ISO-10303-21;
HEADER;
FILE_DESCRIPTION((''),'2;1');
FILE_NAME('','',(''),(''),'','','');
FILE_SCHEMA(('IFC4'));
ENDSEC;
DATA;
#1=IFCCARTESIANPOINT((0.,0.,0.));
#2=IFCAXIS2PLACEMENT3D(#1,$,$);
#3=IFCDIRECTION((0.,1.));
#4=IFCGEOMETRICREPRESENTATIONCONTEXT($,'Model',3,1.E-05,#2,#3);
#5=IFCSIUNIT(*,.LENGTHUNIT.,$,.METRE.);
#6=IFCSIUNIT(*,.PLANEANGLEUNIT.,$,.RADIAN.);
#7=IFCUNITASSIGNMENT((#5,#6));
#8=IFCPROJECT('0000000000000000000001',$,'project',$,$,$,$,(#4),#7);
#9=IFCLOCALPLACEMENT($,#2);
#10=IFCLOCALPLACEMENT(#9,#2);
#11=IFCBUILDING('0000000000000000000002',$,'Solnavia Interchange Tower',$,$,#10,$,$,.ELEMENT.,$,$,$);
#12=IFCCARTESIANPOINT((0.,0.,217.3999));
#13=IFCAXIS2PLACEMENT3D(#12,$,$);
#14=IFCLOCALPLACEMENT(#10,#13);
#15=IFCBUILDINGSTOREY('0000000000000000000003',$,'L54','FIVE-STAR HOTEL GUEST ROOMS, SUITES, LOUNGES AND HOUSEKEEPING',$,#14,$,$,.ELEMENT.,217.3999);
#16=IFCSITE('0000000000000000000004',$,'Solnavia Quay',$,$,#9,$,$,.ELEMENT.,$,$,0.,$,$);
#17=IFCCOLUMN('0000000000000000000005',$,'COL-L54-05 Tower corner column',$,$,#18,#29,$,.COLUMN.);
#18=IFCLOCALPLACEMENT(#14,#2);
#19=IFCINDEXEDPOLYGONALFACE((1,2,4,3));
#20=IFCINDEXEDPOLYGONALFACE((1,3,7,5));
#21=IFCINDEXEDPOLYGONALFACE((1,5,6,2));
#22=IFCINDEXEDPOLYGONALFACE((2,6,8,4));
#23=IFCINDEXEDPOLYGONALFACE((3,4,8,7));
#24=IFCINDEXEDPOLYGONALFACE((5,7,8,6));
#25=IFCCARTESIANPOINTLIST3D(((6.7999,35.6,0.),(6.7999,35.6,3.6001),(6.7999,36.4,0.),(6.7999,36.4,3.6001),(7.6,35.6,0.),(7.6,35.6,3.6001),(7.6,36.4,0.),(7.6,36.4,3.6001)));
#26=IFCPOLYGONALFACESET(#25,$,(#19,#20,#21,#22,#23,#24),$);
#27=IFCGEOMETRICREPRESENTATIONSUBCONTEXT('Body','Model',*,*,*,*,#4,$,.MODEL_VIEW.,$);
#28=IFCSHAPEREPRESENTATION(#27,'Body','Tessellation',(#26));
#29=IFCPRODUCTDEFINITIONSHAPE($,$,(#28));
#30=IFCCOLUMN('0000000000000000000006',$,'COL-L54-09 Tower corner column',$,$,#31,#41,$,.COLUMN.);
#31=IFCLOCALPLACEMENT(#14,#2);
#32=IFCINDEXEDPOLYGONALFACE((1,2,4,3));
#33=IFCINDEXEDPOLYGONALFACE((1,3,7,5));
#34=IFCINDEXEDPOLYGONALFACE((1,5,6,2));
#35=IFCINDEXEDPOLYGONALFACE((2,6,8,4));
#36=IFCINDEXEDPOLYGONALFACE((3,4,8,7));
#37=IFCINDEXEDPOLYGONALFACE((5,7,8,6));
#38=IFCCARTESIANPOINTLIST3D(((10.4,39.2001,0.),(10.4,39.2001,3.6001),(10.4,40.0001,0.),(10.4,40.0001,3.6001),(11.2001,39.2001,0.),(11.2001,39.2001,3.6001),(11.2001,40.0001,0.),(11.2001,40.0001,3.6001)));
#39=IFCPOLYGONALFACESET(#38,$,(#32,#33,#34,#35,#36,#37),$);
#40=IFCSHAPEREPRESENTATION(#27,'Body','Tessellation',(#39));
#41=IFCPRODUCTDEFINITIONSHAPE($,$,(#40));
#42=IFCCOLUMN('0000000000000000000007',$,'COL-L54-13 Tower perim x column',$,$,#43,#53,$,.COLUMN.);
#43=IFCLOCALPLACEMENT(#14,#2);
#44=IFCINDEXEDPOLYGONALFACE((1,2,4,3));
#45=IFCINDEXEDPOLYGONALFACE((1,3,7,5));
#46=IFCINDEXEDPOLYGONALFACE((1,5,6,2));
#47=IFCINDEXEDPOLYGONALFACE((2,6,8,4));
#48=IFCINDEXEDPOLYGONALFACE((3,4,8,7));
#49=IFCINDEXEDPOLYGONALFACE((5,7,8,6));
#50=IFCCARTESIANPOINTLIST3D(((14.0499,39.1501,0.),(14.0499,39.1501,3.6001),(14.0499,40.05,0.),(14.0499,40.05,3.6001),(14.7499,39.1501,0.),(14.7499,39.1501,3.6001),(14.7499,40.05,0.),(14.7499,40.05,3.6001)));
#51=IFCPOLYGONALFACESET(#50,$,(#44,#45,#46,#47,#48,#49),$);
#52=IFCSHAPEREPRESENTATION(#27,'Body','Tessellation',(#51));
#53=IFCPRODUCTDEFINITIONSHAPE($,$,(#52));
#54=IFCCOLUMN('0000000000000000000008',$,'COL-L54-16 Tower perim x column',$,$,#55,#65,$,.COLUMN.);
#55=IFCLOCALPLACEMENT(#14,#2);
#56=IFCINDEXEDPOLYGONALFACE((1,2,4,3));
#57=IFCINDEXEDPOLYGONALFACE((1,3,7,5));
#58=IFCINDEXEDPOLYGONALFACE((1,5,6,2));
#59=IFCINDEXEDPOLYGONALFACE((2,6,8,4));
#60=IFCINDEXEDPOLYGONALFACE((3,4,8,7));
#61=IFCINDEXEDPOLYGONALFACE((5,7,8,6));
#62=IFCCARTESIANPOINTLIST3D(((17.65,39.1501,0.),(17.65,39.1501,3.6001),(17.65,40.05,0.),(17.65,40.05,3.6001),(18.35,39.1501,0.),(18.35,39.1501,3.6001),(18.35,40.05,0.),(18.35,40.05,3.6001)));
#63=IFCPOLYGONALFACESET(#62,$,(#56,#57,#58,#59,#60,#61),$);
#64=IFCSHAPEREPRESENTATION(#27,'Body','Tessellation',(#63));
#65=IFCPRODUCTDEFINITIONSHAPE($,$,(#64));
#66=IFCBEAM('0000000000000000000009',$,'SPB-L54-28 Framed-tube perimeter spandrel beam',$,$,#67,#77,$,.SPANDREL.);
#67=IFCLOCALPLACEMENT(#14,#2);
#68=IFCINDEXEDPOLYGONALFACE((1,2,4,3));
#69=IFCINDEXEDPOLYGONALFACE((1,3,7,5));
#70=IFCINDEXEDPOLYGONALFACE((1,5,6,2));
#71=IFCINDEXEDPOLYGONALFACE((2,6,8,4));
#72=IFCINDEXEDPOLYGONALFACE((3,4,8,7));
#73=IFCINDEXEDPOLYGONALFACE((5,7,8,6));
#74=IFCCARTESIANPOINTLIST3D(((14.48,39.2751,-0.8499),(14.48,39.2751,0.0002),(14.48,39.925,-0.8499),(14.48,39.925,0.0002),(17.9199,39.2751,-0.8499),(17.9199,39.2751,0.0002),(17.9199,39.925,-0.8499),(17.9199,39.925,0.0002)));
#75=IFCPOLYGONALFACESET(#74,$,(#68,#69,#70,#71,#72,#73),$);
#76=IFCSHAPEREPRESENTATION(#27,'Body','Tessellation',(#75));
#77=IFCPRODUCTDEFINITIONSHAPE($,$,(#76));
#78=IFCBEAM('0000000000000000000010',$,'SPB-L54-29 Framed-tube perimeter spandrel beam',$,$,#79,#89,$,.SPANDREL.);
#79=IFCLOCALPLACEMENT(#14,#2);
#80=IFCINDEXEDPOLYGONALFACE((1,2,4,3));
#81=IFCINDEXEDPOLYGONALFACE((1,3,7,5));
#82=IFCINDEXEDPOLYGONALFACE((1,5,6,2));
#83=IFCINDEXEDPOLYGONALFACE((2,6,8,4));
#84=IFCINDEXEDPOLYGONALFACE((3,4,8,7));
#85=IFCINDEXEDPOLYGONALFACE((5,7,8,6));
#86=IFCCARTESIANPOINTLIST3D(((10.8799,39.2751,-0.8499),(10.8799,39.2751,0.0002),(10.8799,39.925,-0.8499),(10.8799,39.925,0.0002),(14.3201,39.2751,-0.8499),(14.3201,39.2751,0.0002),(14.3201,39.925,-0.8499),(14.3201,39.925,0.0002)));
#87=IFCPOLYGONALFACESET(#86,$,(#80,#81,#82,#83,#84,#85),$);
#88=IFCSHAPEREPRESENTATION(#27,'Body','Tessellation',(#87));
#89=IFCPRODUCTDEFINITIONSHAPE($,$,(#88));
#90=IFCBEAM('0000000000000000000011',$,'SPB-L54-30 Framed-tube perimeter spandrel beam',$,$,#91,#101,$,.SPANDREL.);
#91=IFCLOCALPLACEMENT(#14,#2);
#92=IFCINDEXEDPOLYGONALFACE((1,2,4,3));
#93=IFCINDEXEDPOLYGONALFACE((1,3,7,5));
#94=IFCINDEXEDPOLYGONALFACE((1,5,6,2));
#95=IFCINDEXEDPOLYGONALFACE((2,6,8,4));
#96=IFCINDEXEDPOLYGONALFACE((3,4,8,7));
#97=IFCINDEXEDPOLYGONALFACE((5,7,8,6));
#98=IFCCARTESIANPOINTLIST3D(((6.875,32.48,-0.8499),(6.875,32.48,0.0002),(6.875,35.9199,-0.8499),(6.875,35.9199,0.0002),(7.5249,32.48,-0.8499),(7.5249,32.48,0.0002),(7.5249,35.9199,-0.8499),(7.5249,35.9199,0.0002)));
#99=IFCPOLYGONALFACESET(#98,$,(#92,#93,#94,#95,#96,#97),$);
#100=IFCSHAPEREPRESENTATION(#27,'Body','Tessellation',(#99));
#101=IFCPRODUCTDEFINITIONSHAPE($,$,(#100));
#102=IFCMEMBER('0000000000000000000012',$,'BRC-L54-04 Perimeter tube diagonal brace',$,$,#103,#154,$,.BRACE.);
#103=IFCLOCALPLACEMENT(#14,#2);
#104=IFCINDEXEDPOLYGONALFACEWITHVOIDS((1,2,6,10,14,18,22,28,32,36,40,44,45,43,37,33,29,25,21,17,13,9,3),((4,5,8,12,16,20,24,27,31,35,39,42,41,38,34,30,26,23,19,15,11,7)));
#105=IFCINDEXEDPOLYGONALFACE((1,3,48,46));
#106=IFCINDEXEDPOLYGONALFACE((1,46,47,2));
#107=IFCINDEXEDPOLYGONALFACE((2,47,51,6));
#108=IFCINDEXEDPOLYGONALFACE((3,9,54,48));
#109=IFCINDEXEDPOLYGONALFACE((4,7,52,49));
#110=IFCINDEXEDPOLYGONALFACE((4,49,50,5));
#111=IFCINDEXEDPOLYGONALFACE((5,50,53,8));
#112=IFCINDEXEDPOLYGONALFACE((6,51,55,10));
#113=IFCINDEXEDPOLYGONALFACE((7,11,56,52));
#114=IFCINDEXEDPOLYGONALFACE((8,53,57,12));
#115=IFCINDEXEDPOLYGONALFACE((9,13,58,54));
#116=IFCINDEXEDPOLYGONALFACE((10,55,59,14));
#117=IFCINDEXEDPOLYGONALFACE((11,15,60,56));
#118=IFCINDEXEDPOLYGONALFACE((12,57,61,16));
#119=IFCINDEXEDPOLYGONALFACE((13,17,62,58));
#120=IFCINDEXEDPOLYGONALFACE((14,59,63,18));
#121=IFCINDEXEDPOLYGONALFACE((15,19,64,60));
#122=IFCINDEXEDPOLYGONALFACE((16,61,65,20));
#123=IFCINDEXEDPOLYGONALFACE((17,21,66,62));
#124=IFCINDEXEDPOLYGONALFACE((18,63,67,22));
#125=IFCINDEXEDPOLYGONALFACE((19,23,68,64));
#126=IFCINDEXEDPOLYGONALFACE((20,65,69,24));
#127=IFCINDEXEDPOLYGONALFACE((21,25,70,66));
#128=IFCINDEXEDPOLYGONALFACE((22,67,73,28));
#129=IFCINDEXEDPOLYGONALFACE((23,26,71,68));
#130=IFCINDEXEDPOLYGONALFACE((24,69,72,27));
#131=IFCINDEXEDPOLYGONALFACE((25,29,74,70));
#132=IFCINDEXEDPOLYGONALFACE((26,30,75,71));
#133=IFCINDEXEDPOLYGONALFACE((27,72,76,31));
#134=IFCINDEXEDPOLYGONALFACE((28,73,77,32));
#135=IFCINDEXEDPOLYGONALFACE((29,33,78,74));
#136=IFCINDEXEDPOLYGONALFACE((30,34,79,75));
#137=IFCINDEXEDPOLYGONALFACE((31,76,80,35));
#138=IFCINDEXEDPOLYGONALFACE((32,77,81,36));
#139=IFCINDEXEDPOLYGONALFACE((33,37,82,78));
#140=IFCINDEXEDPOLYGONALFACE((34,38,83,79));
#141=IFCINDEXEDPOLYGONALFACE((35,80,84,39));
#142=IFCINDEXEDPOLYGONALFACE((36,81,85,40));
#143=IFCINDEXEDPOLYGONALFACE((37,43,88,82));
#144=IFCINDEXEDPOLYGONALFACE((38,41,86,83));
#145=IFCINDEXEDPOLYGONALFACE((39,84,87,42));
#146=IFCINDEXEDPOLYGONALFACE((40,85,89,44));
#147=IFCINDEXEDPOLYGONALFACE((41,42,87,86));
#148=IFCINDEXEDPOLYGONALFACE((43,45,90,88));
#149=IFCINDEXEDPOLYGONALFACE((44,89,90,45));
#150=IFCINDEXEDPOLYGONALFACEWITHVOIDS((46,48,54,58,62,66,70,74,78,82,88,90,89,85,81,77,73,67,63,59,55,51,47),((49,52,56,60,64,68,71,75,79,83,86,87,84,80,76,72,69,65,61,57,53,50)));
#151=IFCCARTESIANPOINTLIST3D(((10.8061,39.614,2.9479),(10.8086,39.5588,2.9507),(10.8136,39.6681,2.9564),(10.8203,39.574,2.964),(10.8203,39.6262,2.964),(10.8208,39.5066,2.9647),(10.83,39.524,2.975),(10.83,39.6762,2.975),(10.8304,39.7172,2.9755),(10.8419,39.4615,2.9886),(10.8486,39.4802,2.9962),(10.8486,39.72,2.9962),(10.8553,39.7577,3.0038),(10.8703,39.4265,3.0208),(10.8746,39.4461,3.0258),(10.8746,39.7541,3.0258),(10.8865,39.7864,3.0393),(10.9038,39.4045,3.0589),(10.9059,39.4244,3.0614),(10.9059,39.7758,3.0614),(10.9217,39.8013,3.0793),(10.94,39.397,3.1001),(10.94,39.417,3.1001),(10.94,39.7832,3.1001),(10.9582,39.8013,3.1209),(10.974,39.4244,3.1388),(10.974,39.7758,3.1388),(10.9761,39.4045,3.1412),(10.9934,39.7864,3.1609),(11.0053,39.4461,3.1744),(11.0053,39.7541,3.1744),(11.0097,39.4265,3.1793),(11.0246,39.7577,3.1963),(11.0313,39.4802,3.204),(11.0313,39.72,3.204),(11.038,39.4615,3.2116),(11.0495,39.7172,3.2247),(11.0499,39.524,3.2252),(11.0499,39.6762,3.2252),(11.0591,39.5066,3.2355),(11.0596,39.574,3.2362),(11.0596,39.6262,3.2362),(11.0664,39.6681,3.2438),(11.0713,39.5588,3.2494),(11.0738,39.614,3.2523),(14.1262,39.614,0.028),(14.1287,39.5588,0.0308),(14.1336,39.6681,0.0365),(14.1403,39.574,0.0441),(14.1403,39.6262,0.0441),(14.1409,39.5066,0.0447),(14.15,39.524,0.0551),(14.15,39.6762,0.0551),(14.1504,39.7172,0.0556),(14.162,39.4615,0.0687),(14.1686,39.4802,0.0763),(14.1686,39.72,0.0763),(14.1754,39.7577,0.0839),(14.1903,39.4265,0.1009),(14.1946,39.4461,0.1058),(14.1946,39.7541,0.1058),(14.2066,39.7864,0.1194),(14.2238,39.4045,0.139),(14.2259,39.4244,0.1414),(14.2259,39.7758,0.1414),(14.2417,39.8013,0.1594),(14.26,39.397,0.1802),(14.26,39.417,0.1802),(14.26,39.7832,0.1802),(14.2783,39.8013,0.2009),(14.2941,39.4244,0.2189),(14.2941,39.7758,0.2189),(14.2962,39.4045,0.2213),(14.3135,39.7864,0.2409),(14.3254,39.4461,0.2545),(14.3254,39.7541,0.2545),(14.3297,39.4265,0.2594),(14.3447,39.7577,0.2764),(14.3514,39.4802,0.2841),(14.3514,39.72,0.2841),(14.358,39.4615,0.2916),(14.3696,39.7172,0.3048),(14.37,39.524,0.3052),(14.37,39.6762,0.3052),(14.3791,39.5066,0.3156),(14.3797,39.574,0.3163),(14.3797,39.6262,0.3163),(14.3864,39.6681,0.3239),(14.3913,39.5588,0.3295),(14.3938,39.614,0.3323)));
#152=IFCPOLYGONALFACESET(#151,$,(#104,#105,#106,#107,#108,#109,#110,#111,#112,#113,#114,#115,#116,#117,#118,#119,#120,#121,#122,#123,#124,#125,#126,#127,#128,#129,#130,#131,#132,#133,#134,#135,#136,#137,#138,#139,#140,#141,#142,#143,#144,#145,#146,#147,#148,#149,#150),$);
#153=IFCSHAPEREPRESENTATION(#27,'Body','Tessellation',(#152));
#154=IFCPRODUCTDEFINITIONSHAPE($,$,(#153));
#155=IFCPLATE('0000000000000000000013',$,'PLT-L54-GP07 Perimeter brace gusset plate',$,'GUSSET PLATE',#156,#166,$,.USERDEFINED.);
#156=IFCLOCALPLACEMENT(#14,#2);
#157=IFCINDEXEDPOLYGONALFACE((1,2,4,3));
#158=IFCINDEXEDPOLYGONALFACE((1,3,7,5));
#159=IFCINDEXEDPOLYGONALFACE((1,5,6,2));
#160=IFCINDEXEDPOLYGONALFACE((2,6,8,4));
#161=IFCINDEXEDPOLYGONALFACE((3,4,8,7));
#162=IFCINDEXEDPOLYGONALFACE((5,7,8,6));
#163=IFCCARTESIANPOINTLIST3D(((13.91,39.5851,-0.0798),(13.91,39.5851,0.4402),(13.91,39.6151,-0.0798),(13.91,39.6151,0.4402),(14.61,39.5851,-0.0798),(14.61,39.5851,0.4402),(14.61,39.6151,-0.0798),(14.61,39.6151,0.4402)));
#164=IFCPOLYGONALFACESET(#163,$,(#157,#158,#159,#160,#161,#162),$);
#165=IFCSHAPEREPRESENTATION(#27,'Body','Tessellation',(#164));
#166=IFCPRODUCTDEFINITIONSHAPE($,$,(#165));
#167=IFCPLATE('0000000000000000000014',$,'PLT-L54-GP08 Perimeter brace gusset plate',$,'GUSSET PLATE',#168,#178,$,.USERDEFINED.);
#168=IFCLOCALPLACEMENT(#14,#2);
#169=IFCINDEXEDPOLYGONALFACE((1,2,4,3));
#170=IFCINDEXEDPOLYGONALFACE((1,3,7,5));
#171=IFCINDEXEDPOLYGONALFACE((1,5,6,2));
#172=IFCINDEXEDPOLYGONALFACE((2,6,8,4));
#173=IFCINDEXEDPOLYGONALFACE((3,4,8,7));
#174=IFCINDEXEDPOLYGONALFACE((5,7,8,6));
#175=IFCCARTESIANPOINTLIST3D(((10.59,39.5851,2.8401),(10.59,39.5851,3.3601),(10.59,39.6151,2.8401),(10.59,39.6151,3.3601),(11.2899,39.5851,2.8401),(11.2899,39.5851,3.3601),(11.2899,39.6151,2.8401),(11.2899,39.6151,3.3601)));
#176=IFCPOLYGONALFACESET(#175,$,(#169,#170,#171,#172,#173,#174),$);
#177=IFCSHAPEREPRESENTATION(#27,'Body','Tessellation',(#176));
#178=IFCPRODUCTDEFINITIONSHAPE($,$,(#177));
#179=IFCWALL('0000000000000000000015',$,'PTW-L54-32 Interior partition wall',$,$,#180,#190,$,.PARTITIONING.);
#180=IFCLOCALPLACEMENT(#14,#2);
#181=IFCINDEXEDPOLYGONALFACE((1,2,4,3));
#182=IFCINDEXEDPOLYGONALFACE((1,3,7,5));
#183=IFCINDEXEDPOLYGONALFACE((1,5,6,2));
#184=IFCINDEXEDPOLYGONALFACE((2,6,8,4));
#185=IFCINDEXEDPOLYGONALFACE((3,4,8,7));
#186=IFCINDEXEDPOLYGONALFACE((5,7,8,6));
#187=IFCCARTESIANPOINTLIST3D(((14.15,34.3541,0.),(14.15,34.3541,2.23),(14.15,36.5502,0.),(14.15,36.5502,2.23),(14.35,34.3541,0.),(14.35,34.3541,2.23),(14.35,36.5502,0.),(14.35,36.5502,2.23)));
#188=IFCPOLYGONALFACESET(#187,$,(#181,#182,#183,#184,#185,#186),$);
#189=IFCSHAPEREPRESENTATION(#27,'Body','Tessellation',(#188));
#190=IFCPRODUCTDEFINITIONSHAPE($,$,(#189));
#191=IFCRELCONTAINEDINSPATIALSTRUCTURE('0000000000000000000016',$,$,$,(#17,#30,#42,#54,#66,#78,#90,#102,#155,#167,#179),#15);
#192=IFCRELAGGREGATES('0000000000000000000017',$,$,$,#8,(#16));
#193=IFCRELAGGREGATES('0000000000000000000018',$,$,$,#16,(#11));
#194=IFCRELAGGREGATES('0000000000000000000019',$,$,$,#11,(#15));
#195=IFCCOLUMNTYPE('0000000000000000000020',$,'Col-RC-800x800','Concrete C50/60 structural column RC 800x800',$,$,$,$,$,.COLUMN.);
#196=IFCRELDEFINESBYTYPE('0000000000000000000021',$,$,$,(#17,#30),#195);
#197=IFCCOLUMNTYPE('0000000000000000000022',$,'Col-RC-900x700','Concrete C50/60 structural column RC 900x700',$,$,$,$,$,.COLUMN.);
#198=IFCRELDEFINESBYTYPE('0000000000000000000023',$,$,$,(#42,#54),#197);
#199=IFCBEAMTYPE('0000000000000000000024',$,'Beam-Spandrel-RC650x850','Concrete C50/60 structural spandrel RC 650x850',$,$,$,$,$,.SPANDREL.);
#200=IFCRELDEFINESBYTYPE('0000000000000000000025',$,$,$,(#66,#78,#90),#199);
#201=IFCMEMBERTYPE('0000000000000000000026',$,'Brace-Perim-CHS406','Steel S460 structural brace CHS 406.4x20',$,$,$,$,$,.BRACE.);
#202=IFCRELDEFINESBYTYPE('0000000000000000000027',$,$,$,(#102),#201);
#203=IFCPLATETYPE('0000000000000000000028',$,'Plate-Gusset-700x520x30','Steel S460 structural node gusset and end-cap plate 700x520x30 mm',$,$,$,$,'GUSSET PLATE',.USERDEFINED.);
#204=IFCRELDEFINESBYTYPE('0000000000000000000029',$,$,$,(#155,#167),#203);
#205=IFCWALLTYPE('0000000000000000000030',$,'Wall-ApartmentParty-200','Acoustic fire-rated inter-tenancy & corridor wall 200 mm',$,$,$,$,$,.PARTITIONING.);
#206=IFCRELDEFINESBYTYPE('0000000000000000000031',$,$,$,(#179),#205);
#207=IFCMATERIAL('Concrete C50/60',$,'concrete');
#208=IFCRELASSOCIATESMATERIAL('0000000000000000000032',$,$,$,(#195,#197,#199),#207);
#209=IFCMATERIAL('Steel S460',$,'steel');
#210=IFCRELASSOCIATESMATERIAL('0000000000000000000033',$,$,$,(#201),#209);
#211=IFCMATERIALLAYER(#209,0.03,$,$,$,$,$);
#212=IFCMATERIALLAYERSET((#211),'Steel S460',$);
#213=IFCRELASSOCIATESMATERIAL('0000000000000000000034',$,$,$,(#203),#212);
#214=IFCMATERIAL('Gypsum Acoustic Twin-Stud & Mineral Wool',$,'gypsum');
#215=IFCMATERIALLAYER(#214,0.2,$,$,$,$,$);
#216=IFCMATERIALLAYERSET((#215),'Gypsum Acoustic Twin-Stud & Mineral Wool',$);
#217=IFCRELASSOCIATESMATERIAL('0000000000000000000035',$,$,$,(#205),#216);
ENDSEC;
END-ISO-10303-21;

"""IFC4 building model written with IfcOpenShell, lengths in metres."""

from ifc_helpers import new_model, si_unit, direction, frame, frame_2d, origin, origin_2d, place, context, subcontext, project, spatial, rectangle, hollow_circle, extrude, material, layer, layer_set, material_profile, profile_set, type_object, element, save


model = new_model("IFC4")

# Units and contexts
model_context = context("Model", 3, precision=1e-05, world=origin(), true_north=direction((0.0, 1.0)))
body_context = subcontext(model_context, "Body", "Model", "MODEL_VIEW")
ifc_project = project(units=[si_unit("LENGTHUNIT", "METRE"), si_unit("PLANEANGLEUNIT", "RADIAN")], contexts=[model_context])

# Site, building, storey
site_placement = place(None, origin())
site = spatial("IfcSite", under=ifc_project, at=site_placement, Name="Solnavia Quay", CompositionType="ELEMENT", RefElevation=0.0)
building_placement = place(site_placement, origin())
building = spatial("IfcBuilding", under=site, at=building_placement, Name="Solnavia Interchange Tower", CompositionType="ELEMENT")
storey_placement = place(building_placement, frame((0.0, 0.0, 217.3999)))
storey = spatial("IfcBuildingStorey", under=building, at=storey_placement, Name="L54", Description="FIVE-STAR HOTEL GUEST ROOMS, SUITES, LOUNGES AND HOUSEKEEPING", CompositionType="ELEMENT", Elevation=217.3999)

# Columns
ifc_material_1 = material(Name="Concrete C50/60", Category="concrete")
ifc_material_profile_1 = material_profile(ifc_material_1, rectangle(XDim=0.8, YDim=0.8, at=origin_2d()), Name="RC 800x800")
ifc_profile_set_1 = profile_set([ifc_material_profile_1], Name="Concrete C50/60")
column_type_1 = type_object("IfcColumnType", Name="Col-RC-800x800", Description="Concrete C50/60 structural column RC 800x800", PredefinedType="COLUMN", material=ifc_profile_set_1)
for number, where, z_axis, x_axis, name in (
    (1, (7.2, 36.0, 0.0), (0.0, 0.0, 1.0), (0.0, 1.0, 0.0), "COL-L54-05 Tower corner column"),
    (2, (10.8, 39.6001, 0.0), (0.0, 0.0, 1.0), (1.0, 0.0, 0.0), "COL-L54-09 Tower corner column"),
):
    element("IfcColumn", number, at=place(storey_placement, frame(where, z_axis=z_axis, x_axis=x_axis)), inside=storey, type_object=column_type_1, Name=name, PredefinedType="COLUMN", context=body_context, shape_type="SweptSolid", body=[
        extrude(rectangle(XDim=0.8, YDim=0.8, at=origin_2d()), origin(), (0.0, 0.0, 1.0), 3.6001),
    ])
ifc_material_profile_2 = material_profile(ifc_material_1, rectangle(XDim=0.7, YDim=0.8999, at=origin_2d()), Name="RC 900x700")
ifc_profile_set_2 = profile_set([ifc_material_profile_2], Name="Concrete C50/60")
column_type_2 = type_object("IfcColumnType", Name="Col-RC-900x700", Description="Concrete C50/60 structural column RC 900x700", PredefinedType="COLUMN", material=ifc_profile_set_2)
for number, where, z_axis, x_axis, name in (
    (3, (14.3999, 39.6001, 0.0), (0.0, 0.0, 1.0), (1.0, 0.0, 0.0), "COL-L54-13 Tower perim x column"),
    (4, (18.0, 39.6001, 0.0), (0.0, 0.0, 1.0), (1.0, 0.0, 0.0), "COL-L54-16 Tower perim x column"),
):
    element("IfcColumn", number, at=place(storey_placement, frame(where, z_axis=z_axis, x_axis=x_axis)), inside=storey, type_object=column_type_2, Name=name, PredefinedType="COLUMN", context=body_context, shape_type="SweptSolid", body=[
        extrude(rectangle(XDim=0.7, YDim=0.8999, at=origin_2d()), origin(), (0.0, 0.0, 1.0), 3.6001),
    ])

# Beams
ifc_material_profile_3 = material_profile(ifc_material_1, rectangle(XDim=0.6499, YDim=0.8501, at=origin_2d()), Name="RC 650x850")
ifc_profile_set_3 = profile_set([ifc_material_profile_3], Name="Concrete C50/60")
beam_type = type_object("IfcBeamType", Name="Beam-Spandrel-RC650x850", Description="Concrete C50/60 structural spandrel RC 650x850", PredefinedType="SPANDREL", material=ifc_profile_set_3)
beam_1_placement = place(storey_placement, frame((17.9199, 39.6001, -0.4248), z_axis=(-1.0, 0.0, 0.0), x_axis=(0.0, -1.0, 0.0)))
element("IfcBeam", 5, at=beam_1_placement, inside=storey, type_object=beam_type, Name="SPB-L54-28 Framed-tube perimeter spandrel beam", PredefinedType="SPANDREL", context=body_context, shape_type="SweptSolid", body=[
    extrude(rectangle(XDim=0.6499, YDim=0.8501, at=origin_2d()), origin(), (0.0, 0.0, 1.0), 3.4399),
])
beam_2_placement = place(storey_placement, frame((14.3201, 39.6001, -0.4248), z_axis=(-1.0, 0.0, 0.0), x_axis=(0.0, -1.0, 0.0)))
element("IfcBeam", 6, at=beam_2_placement, inside=storey, type_object=beam_type, Name="SPB-L54-29 Framed-tube perimeter spandrel beam", PredefinedType="SPANDREL", context=body_context, shape_type="SweptSolid", body=[
    extrude(rectangle(XDim=0.6499, YDim=0.8501, at=origin_2d()), origin(), (0.0, 0.0, 1.0), 3.4402),
])
beam_3_placement = place(storey_placement, frame((7.2, 35.9199, -0.4248), z_axis=(0.0, -1.0, 0.0), x_axis=(1.0, 0.0, 0.0)))
element("IfcBeam", 7, at=beam_3_placement, inside=storey, type_object=beam_type, Name="SPB-L54-30 Framed-tube perimeter spandrel beam", PredefinedType="SPANDREL", context=body_context, shape_type="SweptSolid", body=[
    extrude(rectangle(XDim=0.6499, YDim=0.8501, at=origin_2d()), origin(), (0.0, 0.0, 1.0), 3.4399),
])

# Member
ifc_material_2 = material(Name="Steel S460", Category="steel")
ifc_material_profile_4 = material_profile(ifc_material_2, hollow_circle(Radius=0.2031, WallThickness=0.02, at=origin_2d()), Name="CHS 406.4x20")
ifc_profile_set_4 = profile_set([ifc_material_profile_4], Name="Steel S460")
member_type = type_object("IfcMemberType", Name="Brace-Perim-CHS406", Description="Steel S460 structural brace CHS 406.4x20", PredefinedType="BRACE", material=ifc_profile_set_4)
member_placement = place(storey_placement, frame((14.26, 39.6001, 0.1802), z_axis=(-0.750908, 0.0, 0.660406), x_axis=(0.0, -1.0, 0.0)))
element("IfcMember", 8, at=member_placement, inside=storey, type_object=member_type, Name="BRC-L54-04 Perimeter tube diagonal brace", PredefinedType="BRACE", context=body_context, shape_type="SweptSolid", body=[
    extrude(hollow_circle(Radius=0.2031, WallThickness=0.02, at=origin_2d()), origin(), (0.0, 0.0, 1.0), 4.4214),
])

# Plates
ifc_layer_1 = layer(ifc_material_2, 0.03)
ifc_layer_set_1 = layer_set([ifc_layer_1], Name="Steel S460")
plate_type = type_object("IfcPlateType", Name="Plate-Gusset-700x520x30", Description="Steel S460 structural node gusset and end-cap plate 700x520x30 mm", ElementType="GUSSET PLATE", PredefinedType="USERDEFINED", material=ifc_layer_set_1)
for number, where, z_axis, x_axis, name in (
    (9, (14.26, 39.6001, -0.0798), (0.0, 0.0, 1.0), (-1.0, 0.0, 0.0), "PLT-L54-GP07 Perimeter brace gusset plate"),
    (10, (10.9399, 39.6001, 2.8401), (0.0, 0.0, 1.0), (-1.0, 0.0, 0.0), "PLT-L54-GP08 Perimeter brace gusset plate"),
):
    element("IfcPlate", number, at=place(storey_placement, frame(where, z_axis=z_axis, x_axis=x_axis)), inside=storey, type_object=plate_type, Name=name, ObjectType="GUSSET PLATE", PredefinedType="USERDEFINED", context=body_context, shape_type="SweptSolid", body=[
        extrude(rectangle(XDim=0.7, YDim=0.03, at=origin_2d()), origin(), (0.0, 0.0, 1.0), 0.52),
    ])

# Wall
ifc_material_3 = material(Name="Gypsum Acoustic Twin-Stud & Mineral Wool", Category="gypsum")
ifc_layer_2 = layer(ifc_material_3, 0.2)
ifc_layer_set_2 = layer_set([ifc_layer_2], Name="Gypsum Acoustic Twin-Stud & Mineral Wool")
wall_type_1 = type_object("IfcWallType", Name="Wall-ApartmentParty-200", Description="Acoustic fire-rated inter-tenancy & corridor wall 200 mm", PredefinedType="PARTITIONING", material=ifc_layer_set_2)
wall_1_placement = place(storey_placement, frame((14.25, 34.354, 0.0), z_axis=(0.0, 0.0, 1.0), x_axis=(0.0, 1.0, 0.0)))
element("IfcWall", 11, at=wall_1_placement, inside=storey, type_object=wall_type_1, Name="PTW-L54-32 Interior partition wall", PredefinedType="PARTITIONING", context=body_context, shape_type="SweptSolid", body=[
    extrude(rectangle(XDim=2.196, YDim=0.2, at=frame_2d((1.0981, 0.0))), origin(), (0.0, 0.0, 1.0), 2.23),
])

save(model, "model.ifc")
